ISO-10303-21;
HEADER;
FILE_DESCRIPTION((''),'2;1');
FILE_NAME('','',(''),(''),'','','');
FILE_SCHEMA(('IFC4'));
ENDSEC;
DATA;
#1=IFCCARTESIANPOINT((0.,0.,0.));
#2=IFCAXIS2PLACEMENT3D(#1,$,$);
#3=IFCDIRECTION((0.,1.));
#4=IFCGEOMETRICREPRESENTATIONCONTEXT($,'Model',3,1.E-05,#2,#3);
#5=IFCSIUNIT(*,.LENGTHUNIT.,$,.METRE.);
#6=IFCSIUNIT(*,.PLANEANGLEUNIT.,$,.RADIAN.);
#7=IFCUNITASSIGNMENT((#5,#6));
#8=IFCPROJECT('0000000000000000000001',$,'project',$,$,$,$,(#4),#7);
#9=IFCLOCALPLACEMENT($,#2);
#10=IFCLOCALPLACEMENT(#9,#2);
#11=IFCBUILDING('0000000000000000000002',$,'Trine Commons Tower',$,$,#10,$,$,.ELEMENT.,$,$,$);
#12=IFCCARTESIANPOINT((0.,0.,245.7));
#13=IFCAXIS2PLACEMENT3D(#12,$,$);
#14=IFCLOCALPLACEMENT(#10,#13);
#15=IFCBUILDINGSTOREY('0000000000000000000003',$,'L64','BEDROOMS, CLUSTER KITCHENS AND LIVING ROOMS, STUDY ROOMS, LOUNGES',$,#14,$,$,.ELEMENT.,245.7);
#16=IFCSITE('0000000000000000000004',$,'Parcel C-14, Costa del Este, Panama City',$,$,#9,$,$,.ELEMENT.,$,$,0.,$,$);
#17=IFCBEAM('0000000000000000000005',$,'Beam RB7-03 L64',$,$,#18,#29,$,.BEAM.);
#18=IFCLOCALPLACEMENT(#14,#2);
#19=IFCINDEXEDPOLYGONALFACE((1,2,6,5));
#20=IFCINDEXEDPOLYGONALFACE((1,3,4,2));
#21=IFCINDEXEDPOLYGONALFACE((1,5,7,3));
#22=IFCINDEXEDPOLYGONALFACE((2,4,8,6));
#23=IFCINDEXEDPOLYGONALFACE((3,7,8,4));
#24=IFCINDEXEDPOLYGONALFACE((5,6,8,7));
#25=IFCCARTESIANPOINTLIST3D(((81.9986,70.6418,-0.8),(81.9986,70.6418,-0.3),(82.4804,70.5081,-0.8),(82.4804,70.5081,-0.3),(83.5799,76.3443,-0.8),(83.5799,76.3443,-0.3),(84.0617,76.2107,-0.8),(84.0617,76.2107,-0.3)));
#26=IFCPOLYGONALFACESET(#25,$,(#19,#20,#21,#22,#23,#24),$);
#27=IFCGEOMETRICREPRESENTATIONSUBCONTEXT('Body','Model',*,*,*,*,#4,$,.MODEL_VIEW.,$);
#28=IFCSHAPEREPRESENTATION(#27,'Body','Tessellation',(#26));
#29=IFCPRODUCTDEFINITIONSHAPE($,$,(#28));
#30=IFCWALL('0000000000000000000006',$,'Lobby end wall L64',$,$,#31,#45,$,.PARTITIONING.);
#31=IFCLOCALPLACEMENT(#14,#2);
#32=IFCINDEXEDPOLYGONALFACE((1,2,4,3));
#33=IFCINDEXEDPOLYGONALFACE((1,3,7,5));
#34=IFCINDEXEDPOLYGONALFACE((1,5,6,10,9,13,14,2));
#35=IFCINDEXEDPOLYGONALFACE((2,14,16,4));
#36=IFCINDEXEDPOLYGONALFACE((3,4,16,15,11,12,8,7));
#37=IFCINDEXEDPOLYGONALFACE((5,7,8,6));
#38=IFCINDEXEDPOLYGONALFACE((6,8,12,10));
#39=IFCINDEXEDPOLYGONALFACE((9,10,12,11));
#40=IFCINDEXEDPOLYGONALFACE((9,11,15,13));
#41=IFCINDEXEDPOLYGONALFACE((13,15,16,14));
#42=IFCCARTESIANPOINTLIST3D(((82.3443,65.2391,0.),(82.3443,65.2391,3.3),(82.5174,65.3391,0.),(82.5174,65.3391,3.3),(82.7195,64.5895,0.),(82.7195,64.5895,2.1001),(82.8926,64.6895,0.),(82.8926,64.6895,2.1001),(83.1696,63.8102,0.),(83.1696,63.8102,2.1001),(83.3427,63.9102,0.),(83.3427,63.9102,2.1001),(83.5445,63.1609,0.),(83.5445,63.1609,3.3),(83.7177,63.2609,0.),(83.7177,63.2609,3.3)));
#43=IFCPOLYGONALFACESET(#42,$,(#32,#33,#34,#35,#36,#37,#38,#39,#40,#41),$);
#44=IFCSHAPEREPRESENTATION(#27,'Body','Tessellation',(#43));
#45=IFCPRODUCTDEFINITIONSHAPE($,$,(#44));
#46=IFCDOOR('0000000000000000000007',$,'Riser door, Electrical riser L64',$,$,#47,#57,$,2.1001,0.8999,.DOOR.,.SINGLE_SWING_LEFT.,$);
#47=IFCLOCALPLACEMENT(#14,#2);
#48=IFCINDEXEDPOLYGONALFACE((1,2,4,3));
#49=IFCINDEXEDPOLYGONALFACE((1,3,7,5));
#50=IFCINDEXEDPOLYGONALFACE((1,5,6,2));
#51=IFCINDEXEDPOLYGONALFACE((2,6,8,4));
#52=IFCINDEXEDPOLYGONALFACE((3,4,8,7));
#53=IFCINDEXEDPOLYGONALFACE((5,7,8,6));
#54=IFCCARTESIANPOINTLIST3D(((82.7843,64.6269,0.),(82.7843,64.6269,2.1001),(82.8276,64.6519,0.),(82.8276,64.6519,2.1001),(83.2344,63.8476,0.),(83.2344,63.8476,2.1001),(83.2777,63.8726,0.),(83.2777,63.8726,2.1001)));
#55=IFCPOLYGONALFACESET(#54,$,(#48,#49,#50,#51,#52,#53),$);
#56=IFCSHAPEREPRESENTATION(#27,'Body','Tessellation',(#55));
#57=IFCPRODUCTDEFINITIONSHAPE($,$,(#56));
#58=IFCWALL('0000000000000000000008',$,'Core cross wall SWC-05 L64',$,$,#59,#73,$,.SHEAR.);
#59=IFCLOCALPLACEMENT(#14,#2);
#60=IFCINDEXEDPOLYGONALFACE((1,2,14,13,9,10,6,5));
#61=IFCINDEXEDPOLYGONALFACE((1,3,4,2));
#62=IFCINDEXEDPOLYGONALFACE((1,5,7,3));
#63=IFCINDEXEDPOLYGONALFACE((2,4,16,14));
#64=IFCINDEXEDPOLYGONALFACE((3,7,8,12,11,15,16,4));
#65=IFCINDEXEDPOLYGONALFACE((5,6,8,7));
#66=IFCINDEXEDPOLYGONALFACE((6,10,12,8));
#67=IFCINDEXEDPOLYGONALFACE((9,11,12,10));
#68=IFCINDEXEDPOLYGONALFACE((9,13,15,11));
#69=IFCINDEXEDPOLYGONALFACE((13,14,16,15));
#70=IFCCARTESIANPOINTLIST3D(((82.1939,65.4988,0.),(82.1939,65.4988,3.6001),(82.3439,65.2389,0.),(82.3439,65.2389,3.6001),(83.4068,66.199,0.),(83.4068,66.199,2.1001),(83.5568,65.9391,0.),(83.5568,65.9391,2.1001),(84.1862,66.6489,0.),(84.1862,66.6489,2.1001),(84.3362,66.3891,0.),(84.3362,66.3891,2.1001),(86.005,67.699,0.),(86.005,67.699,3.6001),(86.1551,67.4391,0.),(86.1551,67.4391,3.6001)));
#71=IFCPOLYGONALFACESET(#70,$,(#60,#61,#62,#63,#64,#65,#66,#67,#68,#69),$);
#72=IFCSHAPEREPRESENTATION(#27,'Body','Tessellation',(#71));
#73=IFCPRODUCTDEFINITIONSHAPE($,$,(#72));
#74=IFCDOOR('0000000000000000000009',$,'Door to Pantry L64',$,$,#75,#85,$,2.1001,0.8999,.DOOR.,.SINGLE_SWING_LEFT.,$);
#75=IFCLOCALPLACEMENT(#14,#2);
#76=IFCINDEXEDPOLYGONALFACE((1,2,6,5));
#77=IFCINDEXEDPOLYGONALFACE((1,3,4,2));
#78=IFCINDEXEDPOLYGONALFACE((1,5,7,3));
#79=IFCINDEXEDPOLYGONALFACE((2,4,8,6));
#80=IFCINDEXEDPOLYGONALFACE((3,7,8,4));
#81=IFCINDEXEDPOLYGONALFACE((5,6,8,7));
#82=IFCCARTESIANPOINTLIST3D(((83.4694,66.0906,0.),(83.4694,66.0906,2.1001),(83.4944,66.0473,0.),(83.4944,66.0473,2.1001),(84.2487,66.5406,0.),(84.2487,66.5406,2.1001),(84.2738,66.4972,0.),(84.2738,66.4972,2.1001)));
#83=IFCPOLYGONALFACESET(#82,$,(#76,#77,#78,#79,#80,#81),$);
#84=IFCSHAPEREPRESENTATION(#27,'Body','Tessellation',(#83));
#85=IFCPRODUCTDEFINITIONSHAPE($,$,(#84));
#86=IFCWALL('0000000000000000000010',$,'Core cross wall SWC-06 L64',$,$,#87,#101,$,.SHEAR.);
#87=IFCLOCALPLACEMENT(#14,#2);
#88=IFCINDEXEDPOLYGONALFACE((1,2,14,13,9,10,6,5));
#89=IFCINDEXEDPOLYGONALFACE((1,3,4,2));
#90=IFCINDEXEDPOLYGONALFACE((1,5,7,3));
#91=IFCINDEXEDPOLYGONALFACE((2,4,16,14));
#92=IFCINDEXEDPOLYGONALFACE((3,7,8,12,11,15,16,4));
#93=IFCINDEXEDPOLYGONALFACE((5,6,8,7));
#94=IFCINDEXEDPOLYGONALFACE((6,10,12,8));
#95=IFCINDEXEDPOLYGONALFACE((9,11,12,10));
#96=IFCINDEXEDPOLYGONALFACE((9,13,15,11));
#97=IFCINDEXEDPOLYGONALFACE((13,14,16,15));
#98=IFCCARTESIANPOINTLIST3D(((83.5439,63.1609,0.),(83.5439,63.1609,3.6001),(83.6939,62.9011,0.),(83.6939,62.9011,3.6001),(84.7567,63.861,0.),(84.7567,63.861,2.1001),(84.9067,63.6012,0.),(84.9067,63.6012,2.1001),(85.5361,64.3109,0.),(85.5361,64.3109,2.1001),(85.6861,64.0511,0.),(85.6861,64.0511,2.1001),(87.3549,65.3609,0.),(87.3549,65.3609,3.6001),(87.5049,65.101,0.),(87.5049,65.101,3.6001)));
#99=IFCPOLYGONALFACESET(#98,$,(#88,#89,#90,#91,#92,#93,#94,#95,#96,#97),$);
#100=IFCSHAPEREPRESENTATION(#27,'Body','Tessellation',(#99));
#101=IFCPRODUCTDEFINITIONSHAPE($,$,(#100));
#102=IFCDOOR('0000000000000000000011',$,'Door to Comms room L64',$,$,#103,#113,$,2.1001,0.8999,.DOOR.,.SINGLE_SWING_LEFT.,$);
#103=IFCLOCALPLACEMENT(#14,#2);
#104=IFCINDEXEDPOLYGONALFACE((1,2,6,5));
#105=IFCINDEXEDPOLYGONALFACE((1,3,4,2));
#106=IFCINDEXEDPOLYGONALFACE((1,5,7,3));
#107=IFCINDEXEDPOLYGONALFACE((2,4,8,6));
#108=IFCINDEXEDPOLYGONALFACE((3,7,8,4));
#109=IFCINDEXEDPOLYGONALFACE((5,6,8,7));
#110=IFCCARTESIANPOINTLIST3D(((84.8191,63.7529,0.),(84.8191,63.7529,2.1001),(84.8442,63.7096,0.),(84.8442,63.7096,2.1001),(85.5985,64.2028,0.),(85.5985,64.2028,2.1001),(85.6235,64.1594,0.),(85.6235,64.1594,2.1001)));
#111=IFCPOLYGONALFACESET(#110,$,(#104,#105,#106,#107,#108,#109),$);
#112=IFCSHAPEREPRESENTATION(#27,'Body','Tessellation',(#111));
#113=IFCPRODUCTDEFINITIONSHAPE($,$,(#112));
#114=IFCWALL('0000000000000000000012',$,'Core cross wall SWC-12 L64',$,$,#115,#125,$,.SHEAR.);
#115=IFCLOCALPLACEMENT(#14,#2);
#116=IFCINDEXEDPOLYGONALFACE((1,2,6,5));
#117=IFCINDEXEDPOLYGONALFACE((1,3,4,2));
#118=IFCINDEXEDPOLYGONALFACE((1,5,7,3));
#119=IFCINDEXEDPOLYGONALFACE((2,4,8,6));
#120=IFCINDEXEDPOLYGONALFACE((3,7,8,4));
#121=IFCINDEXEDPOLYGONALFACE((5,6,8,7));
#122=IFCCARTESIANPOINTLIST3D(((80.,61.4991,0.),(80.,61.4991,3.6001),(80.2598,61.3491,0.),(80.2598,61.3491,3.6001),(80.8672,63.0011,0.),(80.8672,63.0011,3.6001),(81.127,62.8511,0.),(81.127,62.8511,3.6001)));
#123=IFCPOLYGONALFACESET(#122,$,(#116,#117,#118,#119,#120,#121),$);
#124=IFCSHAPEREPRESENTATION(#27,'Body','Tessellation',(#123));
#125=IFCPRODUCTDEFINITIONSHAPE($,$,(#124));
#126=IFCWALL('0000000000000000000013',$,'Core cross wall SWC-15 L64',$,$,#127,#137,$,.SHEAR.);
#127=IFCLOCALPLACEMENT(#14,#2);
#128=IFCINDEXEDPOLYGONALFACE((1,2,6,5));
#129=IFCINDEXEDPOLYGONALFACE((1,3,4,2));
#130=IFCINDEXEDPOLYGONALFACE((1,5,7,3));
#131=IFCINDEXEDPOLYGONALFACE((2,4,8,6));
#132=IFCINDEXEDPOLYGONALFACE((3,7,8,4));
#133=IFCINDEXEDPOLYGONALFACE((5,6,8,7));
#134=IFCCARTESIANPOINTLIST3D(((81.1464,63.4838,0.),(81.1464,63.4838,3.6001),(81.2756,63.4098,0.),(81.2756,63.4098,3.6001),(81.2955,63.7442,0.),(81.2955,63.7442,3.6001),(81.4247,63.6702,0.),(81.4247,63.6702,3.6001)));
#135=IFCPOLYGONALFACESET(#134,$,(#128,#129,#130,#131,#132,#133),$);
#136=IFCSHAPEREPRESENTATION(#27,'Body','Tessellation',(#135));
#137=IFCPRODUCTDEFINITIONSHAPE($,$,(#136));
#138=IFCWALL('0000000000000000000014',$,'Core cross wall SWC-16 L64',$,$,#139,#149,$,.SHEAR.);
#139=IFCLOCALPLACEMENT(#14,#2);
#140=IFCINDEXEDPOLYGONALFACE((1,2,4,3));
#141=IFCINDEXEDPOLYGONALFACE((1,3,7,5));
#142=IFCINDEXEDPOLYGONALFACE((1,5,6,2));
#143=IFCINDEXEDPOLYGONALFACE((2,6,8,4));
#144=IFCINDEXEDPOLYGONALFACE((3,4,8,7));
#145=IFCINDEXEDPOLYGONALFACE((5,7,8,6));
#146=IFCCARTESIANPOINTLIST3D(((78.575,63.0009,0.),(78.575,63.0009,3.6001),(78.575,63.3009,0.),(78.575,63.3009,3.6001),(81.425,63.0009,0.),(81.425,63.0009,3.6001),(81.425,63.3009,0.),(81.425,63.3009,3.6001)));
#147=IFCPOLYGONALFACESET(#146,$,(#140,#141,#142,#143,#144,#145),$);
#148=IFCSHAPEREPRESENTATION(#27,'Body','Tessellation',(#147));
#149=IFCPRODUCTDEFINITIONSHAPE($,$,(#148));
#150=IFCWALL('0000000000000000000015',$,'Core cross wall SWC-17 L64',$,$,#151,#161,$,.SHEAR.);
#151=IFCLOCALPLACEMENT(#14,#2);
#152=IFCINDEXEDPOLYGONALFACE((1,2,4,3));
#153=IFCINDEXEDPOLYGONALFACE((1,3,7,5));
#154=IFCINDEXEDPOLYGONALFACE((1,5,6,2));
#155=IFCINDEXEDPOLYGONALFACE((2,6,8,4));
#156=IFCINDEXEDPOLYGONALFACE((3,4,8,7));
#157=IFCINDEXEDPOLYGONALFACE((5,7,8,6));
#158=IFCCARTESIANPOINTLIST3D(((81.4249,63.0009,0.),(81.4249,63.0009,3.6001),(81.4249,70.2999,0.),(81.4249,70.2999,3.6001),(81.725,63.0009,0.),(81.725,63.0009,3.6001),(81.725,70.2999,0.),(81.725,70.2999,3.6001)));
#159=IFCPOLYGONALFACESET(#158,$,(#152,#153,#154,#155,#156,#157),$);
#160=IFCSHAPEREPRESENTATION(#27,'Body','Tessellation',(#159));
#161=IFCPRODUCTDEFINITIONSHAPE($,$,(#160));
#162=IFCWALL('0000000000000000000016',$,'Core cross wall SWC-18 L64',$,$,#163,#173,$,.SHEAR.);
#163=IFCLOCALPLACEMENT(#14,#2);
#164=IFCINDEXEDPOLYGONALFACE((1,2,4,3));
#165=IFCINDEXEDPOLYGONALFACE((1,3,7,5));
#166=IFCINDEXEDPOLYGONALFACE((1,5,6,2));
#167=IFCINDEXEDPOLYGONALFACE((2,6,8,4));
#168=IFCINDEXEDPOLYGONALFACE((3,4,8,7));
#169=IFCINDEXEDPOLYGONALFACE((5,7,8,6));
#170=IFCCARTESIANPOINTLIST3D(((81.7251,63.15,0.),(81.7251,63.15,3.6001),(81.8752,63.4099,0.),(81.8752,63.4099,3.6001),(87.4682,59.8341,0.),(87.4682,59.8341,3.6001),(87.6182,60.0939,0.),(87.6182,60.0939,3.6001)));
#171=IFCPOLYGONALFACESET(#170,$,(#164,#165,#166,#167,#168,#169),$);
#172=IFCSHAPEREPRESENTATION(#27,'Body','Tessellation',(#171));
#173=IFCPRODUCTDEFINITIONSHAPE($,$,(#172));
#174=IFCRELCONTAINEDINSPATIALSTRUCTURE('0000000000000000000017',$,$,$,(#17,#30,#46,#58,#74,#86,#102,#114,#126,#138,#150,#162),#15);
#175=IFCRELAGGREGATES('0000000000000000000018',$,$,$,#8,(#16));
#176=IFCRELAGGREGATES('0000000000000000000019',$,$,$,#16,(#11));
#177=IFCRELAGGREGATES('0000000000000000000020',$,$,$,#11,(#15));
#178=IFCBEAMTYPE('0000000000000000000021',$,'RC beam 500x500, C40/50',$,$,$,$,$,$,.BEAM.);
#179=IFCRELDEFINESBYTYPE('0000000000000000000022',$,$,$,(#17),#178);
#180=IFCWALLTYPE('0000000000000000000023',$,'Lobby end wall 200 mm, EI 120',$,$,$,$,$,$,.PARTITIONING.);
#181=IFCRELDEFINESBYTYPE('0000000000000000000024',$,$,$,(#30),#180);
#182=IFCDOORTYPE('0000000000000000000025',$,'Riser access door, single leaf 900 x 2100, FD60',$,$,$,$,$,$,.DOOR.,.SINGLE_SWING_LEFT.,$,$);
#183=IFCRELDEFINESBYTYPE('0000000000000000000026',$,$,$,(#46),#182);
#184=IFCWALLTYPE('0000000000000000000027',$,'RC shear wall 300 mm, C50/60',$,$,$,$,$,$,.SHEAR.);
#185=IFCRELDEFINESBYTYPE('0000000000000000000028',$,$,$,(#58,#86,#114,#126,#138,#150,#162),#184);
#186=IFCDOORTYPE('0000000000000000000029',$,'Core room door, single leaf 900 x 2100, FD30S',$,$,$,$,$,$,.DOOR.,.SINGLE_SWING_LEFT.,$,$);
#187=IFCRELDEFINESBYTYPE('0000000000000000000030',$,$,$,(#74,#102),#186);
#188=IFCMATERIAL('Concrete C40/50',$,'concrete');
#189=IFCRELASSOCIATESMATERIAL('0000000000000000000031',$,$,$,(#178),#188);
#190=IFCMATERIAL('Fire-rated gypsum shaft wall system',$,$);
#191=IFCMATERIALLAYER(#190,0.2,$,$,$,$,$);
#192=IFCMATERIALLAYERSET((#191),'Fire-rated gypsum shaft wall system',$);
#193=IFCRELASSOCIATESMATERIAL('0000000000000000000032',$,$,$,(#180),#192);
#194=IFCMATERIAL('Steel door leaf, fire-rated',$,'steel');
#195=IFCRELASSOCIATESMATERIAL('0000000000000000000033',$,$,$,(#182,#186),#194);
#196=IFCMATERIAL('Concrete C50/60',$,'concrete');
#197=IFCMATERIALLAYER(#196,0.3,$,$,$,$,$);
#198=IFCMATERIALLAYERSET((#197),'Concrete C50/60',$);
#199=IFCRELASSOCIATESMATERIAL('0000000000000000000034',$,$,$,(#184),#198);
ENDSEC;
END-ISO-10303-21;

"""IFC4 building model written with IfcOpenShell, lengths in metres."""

from ifc_helpers import new_model, si_unit, direction, frame, frame_2d, origin, origin_2d, place, context, subcontext, project, spatial, rectangle, extrude, material, layer, layer_set, material_profile, profile_set, type_object, element, fill, save


model = new_model("IFC4")

# Units and contexts
model_context = context("Model", 3, precision=1e-05, world=origin(), true_north=direction((0.0, 1.0)))
body_context = subcontext(model_context, "Body", "Model", "MODEL_VIEW")
ifc_project = project(units=[si_unit("LENGTHUNIT", "METRE"), si_unit("PLANEANGLEUNIT", "RADIAN")], contexts=[model_context])

# Site, building, storey
site_placement = place(None, origin())
site = spatial("IfcSite", under=ifc_project, at=site_placement, Name="Parcel C-14, Costa del Este, Panama City", CompositionType="ELEMENT", RefElevation=0.0)
building_placement = place(site_placement, origin())
building = spatial("IfcBuilding", under=site, at=building_placement, Name="Trine Commons Tower", CompositionType="ELEMENT")
storey_placement = place(building_placement, frame((0.0, 0.0, 245.7)))
storey = spatial("IfcBuildingStorey", under=building, at=storey_placement, Name="L64", Description="BEDROOMS, CLUSTER KITCHENS AND LIVING ROOMS, STUDY ROOMS, LOUNGES", CompositionType="ELEMENT", Elevation=245.7)

# Beam
ifc_material_1 = material(Name="Concrete C40/50", Category="concrete")
ifc_material_profile = material_profile(ifc_material_1, rectangle(XDim=0.5, YDim=0.5, at=origin_2d()), Name="RC 500x500")
ifc_profile_set = profile_set([ifc_material_profile], Name="Concrete C40/50")
beam_type = type_object("IfcBeamType", Name="RC beam 500x500, C40/50", PredefinedType="BEAM", material=ifc_profile_set)
beam_placement = place(storey_placement, frame((82.2395, 70.575, -0.55), z_axis=(0.26721, 0.963638, 0.0), x_axis=(-0.963638, 0.26721, 0.0)))
element("IfcBeam", 1, at=beam_placement, inside=storey, type_object=beam_type, Name="Beam RB7-03 L64", PredefinedType="BEAM", context=body_context, shape_type="SweptSolid", body=[
    extrude(rectangle(XDim=0.5, YDim=0.5, at=origin_2d()), origin(), (0.0, 0.0, 1.0), 5.9177),
])

# Walls, openings, doors
ifc_material_2 = material(Name="Fire-rated gypsum shaft wall system")
ifc_layer_1 = layer(ifc_material_2, 0.2)
ifc_layer_set_1 = layer_set([ifc_layer_1], Name="Fire-rated gypsum shaft wall system")
wall_type_1 = type_object("IfcWallType", Name="Lobby end wall 200 mm, EI 120", PredefinedType="PARTITIONING", material=ifc_layer_set_1)
wall_1_placement = place(storey_placement, frame((83.6311, 63.2109, 0.0), z_axis=(0.0, 0.0, 1.0), x_axis=(-0.500122, 0.865955, 0.0)))
wall_1 = element("IfcWall", 2, at=wall_1_placement, inside=storey, type_object=wall_type_1, Name="Lobby end wall L64", PredefinedType="PARTITIONING", context=body_context, shape_type="SweptSolid", body=[
    extrude(rectangle(XDim=2.3999, YDim=0.2, at=frame_2d((1.2, 0.0))), origin(), (0.0, 0.0, 1.0), 3.3),
])
opening_1_placement = place(wall_1_placement, frame((0.7498, 0.0, 0.0)))
opening_1 = element("IfcOpeningElement", 3, at=opening_1_placement, cuts=wall_1, PredefinedType="OPENING", context=body_context, shape_type="SweptSolid", body=[
    extrude(rectangle(XDim=0.8999, YDim=2.1001, at=frame_2d((0.45, 1.05))), frame((0.0, 0.1099, 0.0), z_axis=(0.0, -1.0, 0.0), x_axis=(1.0, 0.0, 0.0)), (0.0, 0.0, 1.0), 0.22),
])
ifc_material_3 = material(Name="Steel door leaf, fire-rated", Category="steel")
door_type_1 = type_object("IfcDoorType", Name="Riser access door, single leaf 900 x 2100, FD60", OperationType="SINGLE_SWING_LEFT", PredefinedType="DOOR", material=ifc_material_3)
door_1_placement = place(opening_1_placement, frame((0.8999, 0.0, 0.0), z_axis=(0.0, 0.0, 1.0), x_axis=(-1.0, 0.0, 0.0)))
door_1 = element("IfcDoor", 4, at=door_1_placement, inside=storey, type_object=door_type_1, Name="Riser door, Electrical riser L64", OperationType="SINGLE_SWING_LEFT", OverallHeight=2.1001, OverallWidth=0.8999, PredefinedType="DOOR", context=body_context, shape_type="SweptSolid", body=[
    extrude(rectangle(XDim=0.8999, YDim=2.1001, at=frame_2d((0.45, 1.05))), frame((0.0, 0.0249, 0.0), z_axis=(0.0, -1.0, 0.0), x_axis=(1.0, 0.0, 0.0)), (0.0, 0.0, 1.0), 0.05),
])
fill(opening_1, door_1)
ifc_material_4 = material(Name="Concrete C50/60", Category="concrete")
ifc_layer_2 = layer(ifc_material_4, 0.3)
ifc_layer_set_2 = layer_set([ifc_layer_2], Name="Concrete C50/60")
wall_type_2 = type_object("IfcWallType", Name="RC shear wall 300 mm, C50/60", PredefinedType="SHEAR", material=ifc_layer_set_2)
wall_2_placement = place(storey_placement, frame((82.269, 65.3689, 0.0), z_axis=(0.0, 0.0, 1.0), x_axis=(0.866036, 0.499982, 0.0)))
wall_2 = element("IfcWall", 5, at=wall_2_placement, inside=storey, type_object=wall_type_2, Name="Core cross wall SWC-05 L64", PredefinedType="SHEAR", context=body_context, shape_type="SweptSolid", body=[
    extrude(rectangle(XDim=4.4006, YDim=0.3, at=frame_2d((2.2002, 0.0))), origin(), (0.0, 0.0, 1.0), 3.6001),
])
opening_2_placement = place(wall_2_placement, frame((1.4004, 0.0, 0.0)))
opening_2 = element("IfcOpeningElement", 6, at=opening_2_placement, cuts=wall_2, PredefinedType="OPENING", context=body_context, shape_type="SweptSolid", body=[
    extrude(rectangle(XDim=0.8999, YDim=2.1001, at=frame_2d((0.45, 1.05))), frame((0.0, 0.1599, 0.0), z_axis=(0.0, -1.0, 0.0), x_axis=(1.0, 0.0, 0.0)), (0.0, 0.0, 1.0), 0.3201),
])
door_type_2 = type_object("IfcDoorType", Name="Core room door, single leaf 900 x 2100, FD30S", OperationType="SINGLE_SWING_LEFT", PredefinedType="DOOR", material=ifc_material_3)
door_2_placement = place(opening_2_placement, origin())
door_2 = element("IfcDoor", 7, at=door_2_placement, inside=storey, type_object=door_type_2, Name="Door to Pantry L64", OperationType="SINGLE_SWING_LEFT", OverallHeight=2.1001, OverallWidth=0.8999, PredefinedType="DOOR", context=body_context, shape_type="SweptSolid", body=[
    extrude(rectangle(XDim=0.8999, YDim=2.1001, at=frame_2d((0.45, 1.05))), frame((0.0, 0.0249, 0.0), z_axis=(0.0, -1.0, 0.0), x_axis=(1.0, 0.0, 0.0)), (0.0, 0.0, 1.0), 0.05),
])
fill(opening_2, door_2)
wall_3_placement = place(storey_placement, frame((83.6189, 63.031, 0.0), z_axis=(0.0, 0.0, 1.0), x_axis=(0.86606, 0.49994, 0.0)))
wall_3 = element("IfcWall", 8, at=wall_3_placement, inside=storey, type_object=wall_type_2, Name="Core cross wall SWC-06 L64", PredefinedType="SHEAR", context=body_context, shape_type="SweptSolid", body=[
    extrude(rectangle(XDim=4.4004, YDim=0.3, at=frame_2d((2.2002, 0.0))), origin(), (0.0, 0.0, 1.0), 3.6001),
])
opening_3_placement = place(wall_3_placement, frame((1.4004, 0.0, 0.0)))
opening_3 = element("IfcOpeningElement", 9, at=opening_3_placement, cuts=wall_3, PredefinedType="OPENING", context=body_context, shape_type="SweptSolid", body=[
    extrude(rectangle(XDim=0.8999, YDim=2.1001, at=frame_2d((0.45, 1.05))), frame((0.0, 0.1599, 0.0), z_axis=(0.0, -1.0, 0.0), x_axis=(1.0, 0.0, 0.0)), (0.0, 0.0, 1.0), 0.3201),
])
door_3_placement = place(opening_3_placement, frame((0.8999, 0.0, 0.0), z_axis=(0.0, 0.0, 1.0), x_axis=(-1.0, 0.0, 0.0)))
door_3 = element("IfcDoor", 10, at=door_3_placement, inside=storey, type_object=door_type_2, Name="Door to Comms room L64", OperationType="SINGLE_SWING_LEFT", OverallHeight=2.1001, OverallWidth=0.8999, PredefinedType="DOOR", context=body_context, shape_type="SweptSolid", body=[
    extrude(rectangle(XDim=0.8999, YDim=2.1001, at=frame_2d((0.45, 1.05))), frame((0.0, 0.0249, 0.0), z_axis=(0.0, -1.0, 0.0), x_axis=(1.0, 0.0, 0.0)), (0.0, 0.0, 1.0), 0.05),
])
fill(opening_3, door_3)

# Walls
wall_4_placement = place(storey_placement, frame((80.1299, 61.4241, 0.0), z_axis=(0.0, 0.0, 1.0), x_axis=(0.500015, 0.866017, 0.0)))
element("IfcWall", 11, at=wall_4_placement, inside=storey, type_object=wall_type_2, Name="Core cross wall SWC-12 L64", PredefinedType="SHEAR", context=body_context, shape_type="SweptSolid", body=[
    extrude(rectangle(XDim=1.7344, YDim=0.3, at=frame_2d((0.8672, 0.0))), origin(), (0.0, 0.0, 1.0), 3.6001),
])
wall_5_placement = place(storey_placement, frame((81.2209, 63.614, 0.0), z_axis=(0.0, 0.0, 1.0), x_axis=(0.867738, -0.497022, 0.0)))
element("IfcWall", 12, at=wall_5_placement, inside=storey, type_object=wall_type_2, Name="Core cross wall SWC-15 L64", PredefinedType="SHEAR", context=body_context, shape_type="SweptSolid", body=[
    extrude(rectangle(XDim=0.1489, YDim=0.3, at=frame_2d((0.0745, 0.0))), origin(), (0.0, 0.0, 1.0), 3.6001),
])
wall_6_placement = place(storey_placement, frame((81.425, 63.1509, 0.0), z_axis=(0.0, 0.0, 1.0), x_axis=(-1.0, 0.0, 0.0)))
element("IfcWall", 13, at=wall_6_placement, inside=storey, type_object=wall_type_2, Name="Core cross wall SWC-16 L64", PredefinedType="SHEAR", context=body_context, shape_type="SweptSolid", body=[
    extrude(rectangle(XDim=2.8501, YDim=0.3, at=frame_2d((1.425, 0.0))), origin(), (0.0, 0.0, 1.0), 3.6001),
])
wall_7_placement = place(storey_placement, frame((81.575, 63.001, 0.0), z_axis=(0.0, 0.0, 1.0), x_axis=(0.0, 1.0, 0.0)))
element("IfcWall", 14, at=wall_7_placement, inside=storey, type_object=wall_type_2, Name="Core cross wall SWC-17 L64", PredefinedType="SHEAR", context=body_context, shape_type="SweptSolid", body=[
    extrude(rectangle(XDim=7.2991, YDim=0.3, at=frame_2d((3.6494, 0.0))), origin(), (0.0, 0.0, 1.0), 3.6001),
])
wall_8_placement = place(storey_placement, frame((81.8, 63.28, 0.0), z_axis=(0.0, 0.0, 1.0), x_axis=(0.86601, -0.500027, 0.0)))
element("IfcWall", 15, at=wall_8_placement, inside=storey, type_object=wall_type_2, Name="Core cross wall SWC-18 L64", PredefinedType="SHEAR", context=body_context, shape_type="SweptSolid", body=[
    extrude(rectangle(XDim=6.6316, YDim=0.3, at=frame_2d((3.3159, 0.0))), origin(), (0.0, 0.0, 1.0), 3.6001),
])

save(model, "model.ifc")
